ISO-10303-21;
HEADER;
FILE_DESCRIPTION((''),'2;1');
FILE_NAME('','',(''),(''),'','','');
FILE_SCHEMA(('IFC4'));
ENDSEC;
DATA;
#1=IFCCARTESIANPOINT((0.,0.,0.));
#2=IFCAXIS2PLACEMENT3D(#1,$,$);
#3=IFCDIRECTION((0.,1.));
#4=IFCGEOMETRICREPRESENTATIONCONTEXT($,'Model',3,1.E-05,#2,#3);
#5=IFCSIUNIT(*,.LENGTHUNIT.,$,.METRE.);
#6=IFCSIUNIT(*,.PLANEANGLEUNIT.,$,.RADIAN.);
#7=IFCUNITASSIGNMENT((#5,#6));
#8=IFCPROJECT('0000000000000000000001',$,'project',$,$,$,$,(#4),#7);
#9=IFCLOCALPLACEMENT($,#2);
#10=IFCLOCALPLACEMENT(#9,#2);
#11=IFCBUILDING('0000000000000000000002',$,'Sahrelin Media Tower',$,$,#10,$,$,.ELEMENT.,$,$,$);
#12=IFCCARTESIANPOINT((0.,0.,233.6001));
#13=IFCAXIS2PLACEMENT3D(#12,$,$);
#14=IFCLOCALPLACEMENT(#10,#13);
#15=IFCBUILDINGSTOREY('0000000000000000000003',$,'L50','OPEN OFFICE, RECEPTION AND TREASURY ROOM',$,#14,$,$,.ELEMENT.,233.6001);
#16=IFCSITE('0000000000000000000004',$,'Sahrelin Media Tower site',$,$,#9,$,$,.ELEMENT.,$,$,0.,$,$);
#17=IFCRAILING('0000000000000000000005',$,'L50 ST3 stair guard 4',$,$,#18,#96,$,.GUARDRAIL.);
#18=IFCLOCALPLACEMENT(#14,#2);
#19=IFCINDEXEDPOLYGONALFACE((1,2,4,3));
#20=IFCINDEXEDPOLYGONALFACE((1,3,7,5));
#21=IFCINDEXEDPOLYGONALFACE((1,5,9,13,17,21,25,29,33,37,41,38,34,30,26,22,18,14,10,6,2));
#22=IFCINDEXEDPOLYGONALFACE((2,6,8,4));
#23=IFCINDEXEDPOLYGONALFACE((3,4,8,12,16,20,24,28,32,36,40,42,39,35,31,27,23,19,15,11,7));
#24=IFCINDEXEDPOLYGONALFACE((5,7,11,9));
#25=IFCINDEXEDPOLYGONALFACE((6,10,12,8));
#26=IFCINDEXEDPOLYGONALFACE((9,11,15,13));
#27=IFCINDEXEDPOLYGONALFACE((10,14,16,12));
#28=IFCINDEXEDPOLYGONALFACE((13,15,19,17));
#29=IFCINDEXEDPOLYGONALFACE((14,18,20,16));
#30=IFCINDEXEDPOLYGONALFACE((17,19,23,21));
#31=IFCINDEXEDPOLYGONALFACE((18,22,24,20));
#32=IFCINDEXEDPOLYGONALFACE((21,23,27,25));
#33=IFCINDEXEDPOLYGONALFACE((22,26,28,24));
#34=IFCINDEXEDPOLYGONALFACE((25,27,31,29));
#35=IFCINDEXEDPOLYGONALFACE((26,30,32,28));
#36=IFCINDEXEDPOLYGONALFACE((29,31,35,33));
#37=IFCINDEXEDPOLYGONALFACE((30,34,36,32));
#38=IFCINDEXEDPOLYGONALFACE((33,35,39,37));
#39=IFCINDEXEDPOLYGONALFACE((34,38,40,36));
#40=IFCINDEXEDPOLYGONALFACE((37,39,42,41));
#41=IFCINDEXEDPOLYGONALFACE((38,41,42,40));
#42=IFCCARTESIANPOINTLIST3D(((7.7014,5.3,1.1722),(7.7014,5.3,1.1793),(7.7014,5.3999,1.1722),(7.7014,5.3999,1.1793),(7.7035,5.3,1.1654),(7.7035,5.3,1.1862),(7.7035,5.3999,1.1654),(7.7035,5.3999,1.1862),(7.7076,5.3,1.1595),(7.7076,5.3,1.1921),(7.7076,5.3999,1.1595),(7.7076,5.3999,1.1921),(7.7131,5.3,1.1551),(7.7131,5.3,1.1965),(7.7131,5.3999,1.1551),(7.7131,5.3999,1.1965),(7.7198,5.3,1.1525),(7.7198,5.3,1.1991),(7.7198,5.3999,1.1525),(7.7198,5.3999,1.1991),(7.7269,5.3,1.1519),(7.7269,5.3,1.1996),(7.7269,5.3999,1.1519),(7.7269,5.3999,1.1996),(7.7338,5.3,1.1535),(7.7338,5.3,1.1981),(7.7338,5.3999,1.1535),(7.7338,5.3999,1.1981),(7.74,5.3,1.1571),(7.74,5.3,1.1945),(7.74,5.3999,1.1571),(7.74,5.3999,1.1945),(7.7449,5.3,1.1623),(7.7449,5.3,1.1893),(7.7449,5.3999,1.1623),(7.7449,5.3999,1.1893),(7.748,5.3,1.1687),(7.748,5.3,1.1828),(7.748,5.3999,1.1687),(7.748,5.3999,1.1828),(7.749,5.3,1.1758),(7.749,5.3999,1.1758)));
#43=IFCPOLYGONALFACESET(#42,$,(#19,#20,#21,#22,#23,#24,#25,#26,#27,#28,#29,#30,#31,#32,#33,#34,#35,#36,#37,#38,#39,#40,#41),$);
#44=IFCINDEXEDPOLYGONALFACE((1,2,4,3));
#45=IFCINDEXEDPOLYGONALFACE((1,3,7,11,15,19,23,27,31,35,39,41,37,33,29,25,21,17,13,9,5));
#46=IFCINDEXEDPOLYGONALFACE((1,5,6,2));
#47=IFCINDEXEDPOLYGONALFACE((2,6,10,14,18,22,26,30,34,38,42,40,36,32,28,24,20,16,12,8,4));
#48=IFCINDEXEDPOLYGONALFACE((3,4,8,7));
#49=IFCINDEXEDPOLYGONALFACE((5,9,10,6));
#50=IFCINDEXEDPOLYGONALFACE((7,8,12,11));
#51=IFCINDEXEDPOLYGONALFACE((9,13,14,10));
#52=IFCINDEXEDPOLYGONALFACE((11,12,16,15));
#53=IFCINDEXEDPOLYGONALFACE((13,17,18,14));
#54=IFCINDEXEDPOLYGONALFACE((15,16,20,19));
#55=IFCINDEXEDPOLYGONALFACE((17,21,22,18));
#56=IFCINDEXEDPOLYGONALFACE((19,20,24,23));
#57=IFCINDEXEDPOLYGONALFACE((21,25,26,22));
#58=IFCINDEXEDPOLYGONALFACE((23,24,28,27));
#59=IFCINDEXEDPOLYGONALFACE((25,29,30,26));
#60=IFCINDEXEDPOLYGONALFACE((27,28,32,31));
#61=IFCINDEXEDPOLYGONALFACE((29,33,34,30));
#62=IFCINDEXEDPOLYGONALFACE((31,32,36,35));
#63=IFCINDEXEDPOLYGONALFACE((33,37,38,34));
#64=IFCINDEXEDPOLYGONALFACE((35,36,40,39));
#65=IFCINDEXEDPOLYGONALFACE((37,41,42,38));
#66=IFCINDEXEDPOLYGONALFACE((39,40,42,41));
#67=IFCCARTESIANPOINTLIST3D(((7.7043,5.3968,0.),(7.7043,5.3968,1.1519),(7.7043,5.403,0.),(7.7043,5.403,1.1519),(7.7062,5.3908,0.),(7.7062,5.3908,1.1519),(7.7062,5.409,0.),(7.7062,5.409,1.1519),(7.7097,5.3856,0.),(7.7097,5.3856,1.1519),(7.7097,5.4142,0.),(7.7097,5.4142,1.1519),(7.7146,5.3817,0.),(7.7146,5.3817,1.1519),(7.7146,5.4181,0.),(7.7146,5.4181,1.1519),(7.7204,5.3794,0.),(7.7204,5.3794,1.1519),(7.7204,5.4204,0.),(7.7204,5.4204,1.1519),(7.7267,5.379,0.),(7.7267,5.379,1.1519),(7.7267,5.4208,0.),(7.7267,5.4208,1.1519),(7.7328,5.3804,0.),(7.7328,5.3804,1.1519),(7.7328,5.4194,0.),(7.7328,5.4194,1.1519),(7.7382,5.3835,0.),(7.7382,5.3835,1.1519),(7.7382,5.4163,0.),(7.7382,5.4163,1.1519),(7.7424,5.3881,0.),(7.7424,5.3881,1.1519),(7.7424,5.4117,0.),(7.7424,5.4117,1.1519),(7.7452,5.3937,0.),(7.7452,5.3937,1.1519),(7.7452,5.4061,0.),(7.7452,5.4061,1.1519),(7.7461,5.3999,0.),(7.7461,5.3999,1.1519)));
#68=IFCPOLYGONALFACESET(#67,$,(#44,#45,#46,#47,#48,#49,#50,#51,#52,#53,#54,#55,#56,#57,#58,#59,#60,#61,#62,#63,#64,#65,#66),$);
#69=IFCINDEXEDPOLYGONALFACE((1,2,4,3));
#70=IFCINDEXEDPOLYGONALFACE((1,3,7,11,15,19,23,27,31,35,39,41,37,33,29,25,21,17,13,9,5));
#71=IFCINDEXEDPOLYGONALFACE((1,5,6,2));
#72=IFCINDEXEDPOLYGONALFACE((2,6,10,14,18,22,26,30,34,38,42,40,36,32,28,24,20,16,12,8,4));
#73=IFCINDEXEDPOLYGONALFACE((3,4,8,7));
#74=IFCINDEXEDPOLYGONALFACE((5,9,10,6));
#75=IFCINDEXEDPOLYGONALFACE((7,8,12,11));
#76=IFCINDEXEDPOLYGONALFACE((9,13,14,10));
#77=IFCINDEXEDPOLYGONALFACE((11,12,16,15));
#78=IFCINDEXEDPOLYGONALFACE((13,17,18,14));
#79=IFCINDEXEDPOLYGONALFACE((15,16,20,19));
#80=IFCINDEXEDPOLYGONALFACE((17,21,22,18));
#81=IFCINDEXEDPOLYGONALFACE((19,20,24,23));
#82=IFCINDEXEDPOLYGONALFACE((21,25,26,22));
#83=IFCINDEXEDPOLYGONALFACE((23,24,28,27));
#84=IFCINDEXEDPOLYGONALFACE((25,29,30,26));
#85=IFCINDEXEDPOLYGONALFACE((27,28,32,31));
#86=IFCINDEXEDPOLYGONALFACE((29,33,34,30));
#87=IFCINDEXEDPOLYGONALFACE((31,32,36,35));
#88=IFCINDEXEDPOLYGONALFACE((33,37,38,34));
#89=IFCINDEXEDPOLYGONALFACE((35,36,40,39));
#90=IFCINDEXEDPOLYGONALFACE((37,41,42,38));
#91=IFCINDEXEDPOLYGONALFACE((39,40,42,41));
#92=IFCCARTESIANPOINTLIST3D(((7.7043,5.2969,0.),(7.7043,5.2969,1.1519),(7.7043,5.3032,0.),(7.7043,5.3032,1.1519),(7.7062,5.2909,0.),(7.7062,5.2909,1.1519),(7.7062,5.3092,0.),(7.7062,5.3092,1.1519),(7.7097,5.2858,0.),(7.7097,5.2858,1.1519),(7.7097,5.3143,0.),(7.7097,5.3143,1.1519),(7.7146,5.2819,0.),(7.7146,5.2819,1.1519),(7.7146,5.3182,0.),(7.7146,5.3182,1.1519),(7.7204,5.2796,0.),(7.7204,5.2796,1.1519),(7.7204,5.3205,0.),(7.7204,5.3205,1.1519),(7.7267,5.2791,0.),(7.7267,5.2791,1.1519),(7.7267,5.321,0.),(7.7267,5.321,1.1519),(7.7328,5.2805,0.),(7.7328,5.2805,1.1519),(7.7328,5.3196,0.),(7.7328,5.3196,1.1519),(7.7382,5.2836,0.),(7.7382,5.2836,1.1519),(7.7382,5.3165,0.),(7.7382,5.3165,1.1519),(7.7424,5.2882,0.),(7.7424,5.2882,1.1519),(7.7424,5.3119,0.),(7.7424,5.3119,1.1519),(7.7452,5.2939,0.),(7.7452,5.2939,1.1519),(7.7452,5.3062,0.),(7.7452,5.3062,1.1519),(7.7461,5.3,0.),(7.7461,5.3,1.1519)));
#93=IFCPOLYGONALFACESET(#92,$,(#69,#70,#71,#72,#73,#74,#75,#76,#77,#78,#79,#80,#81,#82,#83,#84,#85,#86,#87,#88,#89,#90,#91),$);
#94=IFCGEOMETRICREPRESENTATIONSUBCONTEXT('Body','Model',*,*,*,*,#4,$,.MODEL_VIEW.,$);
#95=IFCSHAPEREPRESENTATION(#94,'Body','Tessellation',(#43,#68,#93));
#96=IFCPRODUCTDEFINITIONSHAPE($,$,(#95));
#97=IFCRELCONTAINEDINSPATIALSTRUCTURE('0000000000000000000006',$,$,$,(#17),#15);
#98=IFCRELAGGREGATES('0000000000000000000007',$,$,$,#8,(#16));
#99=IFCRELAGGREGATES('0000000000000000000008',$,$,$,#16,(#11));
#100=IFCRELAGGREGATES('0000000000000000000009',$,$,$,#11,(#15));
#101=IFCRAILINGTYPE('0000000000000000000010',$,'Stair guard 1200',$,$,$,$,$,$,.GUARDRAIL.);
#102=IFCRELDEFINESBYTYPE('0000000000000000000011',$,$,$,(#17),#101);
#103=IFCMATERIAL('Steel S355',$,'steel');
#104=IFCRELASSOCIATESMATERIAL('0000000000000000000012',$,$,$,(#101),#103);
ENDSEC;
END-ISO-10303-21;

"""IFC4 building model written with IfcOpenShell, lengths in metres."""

from ifc_helpers import new_model, si_unit, direction, frame, origin, origin_2d, place, context, subcontext, project, spatial, circle, extrude, material, type_object, element, save


model = new_model("IFC4")

# Units and contexts
model_context = context("Model", 3, precision=1e-05, world=origin(), true_north=direction((0.0, 1.0)))
body_context = subcontext(model_context, "Body", "Model", "MODEL_VIEW")
ifc_project = project(units=[si_unit("LENGTHUNIT", "METRE"), si_unit("PLANEANGLEUNIT", "RADIAN")], contexts=[model_context])

# Site, building, storey
site_placement = place(None, origin())
site = spatial("IfcSite", under=ifc_project, at=site_placement, Name="Sahrelin Media Tower site", CompositionType="ELEMENT", RefElevation=0.0)
building_placement = place(site_placement, origin())
building = spatial("IfcBuilding", under=site, at=building_placement, Name="Sahrelin Media Tower", CompositionType="ELEMENT")
storey_placement = place(building_placement, frame((0.0, 0.0, 233.6001)))
storey = spatial("IfcBuildingStorey", under=building, at=storey_placement, Name="L50", Description="OPEN OFFICE, RECEPTION AND TREASURY ROOM", CompositionType="ELEMENT", Elevation=233.6001)

# Shared definitions
ifc_material_1 = material(Name="Steel S355", Category="steel")

# Railing
railing_type_1 = type_object("IfcRailingType", Name="Stair guard 1200", PredefinedType="GUARDRAIL", material=ifc_material_1)
railing_1_placement = place(storey_placement, frame((7.7251, 5.3999, 0.0)))
element("IfcRailing", 1, at=railing_1_placement, inside=storey, type_object=railing_type_1, Name="L50 ST3 stair guard 4", PredefinedType="GUARDRAIL", context=body_context, shape_type="SweptSolid", body=[
    extrude(circle(Radius=0.0239, at=origin_2d()), frame((0.0, 0.0, 1.1758), z_axis=(0.0, -1.0, 0.0), x_axis=(1.0, 0.0, 0.0)), (0.0, 0.0, 1.0), 0.0999),
    extrude(circle(Radius=0.021, at=origin_2d()), origin(), (0.0, 0.0, 1.0), 1.1519),
    extrude(circle(Radius=0.021, at=origin_2d()), frame((0.0, -0.0999, 0.0)), (0.0, 0.0, 1.0), 1.1519),
])

save(model, "model.ifc")
